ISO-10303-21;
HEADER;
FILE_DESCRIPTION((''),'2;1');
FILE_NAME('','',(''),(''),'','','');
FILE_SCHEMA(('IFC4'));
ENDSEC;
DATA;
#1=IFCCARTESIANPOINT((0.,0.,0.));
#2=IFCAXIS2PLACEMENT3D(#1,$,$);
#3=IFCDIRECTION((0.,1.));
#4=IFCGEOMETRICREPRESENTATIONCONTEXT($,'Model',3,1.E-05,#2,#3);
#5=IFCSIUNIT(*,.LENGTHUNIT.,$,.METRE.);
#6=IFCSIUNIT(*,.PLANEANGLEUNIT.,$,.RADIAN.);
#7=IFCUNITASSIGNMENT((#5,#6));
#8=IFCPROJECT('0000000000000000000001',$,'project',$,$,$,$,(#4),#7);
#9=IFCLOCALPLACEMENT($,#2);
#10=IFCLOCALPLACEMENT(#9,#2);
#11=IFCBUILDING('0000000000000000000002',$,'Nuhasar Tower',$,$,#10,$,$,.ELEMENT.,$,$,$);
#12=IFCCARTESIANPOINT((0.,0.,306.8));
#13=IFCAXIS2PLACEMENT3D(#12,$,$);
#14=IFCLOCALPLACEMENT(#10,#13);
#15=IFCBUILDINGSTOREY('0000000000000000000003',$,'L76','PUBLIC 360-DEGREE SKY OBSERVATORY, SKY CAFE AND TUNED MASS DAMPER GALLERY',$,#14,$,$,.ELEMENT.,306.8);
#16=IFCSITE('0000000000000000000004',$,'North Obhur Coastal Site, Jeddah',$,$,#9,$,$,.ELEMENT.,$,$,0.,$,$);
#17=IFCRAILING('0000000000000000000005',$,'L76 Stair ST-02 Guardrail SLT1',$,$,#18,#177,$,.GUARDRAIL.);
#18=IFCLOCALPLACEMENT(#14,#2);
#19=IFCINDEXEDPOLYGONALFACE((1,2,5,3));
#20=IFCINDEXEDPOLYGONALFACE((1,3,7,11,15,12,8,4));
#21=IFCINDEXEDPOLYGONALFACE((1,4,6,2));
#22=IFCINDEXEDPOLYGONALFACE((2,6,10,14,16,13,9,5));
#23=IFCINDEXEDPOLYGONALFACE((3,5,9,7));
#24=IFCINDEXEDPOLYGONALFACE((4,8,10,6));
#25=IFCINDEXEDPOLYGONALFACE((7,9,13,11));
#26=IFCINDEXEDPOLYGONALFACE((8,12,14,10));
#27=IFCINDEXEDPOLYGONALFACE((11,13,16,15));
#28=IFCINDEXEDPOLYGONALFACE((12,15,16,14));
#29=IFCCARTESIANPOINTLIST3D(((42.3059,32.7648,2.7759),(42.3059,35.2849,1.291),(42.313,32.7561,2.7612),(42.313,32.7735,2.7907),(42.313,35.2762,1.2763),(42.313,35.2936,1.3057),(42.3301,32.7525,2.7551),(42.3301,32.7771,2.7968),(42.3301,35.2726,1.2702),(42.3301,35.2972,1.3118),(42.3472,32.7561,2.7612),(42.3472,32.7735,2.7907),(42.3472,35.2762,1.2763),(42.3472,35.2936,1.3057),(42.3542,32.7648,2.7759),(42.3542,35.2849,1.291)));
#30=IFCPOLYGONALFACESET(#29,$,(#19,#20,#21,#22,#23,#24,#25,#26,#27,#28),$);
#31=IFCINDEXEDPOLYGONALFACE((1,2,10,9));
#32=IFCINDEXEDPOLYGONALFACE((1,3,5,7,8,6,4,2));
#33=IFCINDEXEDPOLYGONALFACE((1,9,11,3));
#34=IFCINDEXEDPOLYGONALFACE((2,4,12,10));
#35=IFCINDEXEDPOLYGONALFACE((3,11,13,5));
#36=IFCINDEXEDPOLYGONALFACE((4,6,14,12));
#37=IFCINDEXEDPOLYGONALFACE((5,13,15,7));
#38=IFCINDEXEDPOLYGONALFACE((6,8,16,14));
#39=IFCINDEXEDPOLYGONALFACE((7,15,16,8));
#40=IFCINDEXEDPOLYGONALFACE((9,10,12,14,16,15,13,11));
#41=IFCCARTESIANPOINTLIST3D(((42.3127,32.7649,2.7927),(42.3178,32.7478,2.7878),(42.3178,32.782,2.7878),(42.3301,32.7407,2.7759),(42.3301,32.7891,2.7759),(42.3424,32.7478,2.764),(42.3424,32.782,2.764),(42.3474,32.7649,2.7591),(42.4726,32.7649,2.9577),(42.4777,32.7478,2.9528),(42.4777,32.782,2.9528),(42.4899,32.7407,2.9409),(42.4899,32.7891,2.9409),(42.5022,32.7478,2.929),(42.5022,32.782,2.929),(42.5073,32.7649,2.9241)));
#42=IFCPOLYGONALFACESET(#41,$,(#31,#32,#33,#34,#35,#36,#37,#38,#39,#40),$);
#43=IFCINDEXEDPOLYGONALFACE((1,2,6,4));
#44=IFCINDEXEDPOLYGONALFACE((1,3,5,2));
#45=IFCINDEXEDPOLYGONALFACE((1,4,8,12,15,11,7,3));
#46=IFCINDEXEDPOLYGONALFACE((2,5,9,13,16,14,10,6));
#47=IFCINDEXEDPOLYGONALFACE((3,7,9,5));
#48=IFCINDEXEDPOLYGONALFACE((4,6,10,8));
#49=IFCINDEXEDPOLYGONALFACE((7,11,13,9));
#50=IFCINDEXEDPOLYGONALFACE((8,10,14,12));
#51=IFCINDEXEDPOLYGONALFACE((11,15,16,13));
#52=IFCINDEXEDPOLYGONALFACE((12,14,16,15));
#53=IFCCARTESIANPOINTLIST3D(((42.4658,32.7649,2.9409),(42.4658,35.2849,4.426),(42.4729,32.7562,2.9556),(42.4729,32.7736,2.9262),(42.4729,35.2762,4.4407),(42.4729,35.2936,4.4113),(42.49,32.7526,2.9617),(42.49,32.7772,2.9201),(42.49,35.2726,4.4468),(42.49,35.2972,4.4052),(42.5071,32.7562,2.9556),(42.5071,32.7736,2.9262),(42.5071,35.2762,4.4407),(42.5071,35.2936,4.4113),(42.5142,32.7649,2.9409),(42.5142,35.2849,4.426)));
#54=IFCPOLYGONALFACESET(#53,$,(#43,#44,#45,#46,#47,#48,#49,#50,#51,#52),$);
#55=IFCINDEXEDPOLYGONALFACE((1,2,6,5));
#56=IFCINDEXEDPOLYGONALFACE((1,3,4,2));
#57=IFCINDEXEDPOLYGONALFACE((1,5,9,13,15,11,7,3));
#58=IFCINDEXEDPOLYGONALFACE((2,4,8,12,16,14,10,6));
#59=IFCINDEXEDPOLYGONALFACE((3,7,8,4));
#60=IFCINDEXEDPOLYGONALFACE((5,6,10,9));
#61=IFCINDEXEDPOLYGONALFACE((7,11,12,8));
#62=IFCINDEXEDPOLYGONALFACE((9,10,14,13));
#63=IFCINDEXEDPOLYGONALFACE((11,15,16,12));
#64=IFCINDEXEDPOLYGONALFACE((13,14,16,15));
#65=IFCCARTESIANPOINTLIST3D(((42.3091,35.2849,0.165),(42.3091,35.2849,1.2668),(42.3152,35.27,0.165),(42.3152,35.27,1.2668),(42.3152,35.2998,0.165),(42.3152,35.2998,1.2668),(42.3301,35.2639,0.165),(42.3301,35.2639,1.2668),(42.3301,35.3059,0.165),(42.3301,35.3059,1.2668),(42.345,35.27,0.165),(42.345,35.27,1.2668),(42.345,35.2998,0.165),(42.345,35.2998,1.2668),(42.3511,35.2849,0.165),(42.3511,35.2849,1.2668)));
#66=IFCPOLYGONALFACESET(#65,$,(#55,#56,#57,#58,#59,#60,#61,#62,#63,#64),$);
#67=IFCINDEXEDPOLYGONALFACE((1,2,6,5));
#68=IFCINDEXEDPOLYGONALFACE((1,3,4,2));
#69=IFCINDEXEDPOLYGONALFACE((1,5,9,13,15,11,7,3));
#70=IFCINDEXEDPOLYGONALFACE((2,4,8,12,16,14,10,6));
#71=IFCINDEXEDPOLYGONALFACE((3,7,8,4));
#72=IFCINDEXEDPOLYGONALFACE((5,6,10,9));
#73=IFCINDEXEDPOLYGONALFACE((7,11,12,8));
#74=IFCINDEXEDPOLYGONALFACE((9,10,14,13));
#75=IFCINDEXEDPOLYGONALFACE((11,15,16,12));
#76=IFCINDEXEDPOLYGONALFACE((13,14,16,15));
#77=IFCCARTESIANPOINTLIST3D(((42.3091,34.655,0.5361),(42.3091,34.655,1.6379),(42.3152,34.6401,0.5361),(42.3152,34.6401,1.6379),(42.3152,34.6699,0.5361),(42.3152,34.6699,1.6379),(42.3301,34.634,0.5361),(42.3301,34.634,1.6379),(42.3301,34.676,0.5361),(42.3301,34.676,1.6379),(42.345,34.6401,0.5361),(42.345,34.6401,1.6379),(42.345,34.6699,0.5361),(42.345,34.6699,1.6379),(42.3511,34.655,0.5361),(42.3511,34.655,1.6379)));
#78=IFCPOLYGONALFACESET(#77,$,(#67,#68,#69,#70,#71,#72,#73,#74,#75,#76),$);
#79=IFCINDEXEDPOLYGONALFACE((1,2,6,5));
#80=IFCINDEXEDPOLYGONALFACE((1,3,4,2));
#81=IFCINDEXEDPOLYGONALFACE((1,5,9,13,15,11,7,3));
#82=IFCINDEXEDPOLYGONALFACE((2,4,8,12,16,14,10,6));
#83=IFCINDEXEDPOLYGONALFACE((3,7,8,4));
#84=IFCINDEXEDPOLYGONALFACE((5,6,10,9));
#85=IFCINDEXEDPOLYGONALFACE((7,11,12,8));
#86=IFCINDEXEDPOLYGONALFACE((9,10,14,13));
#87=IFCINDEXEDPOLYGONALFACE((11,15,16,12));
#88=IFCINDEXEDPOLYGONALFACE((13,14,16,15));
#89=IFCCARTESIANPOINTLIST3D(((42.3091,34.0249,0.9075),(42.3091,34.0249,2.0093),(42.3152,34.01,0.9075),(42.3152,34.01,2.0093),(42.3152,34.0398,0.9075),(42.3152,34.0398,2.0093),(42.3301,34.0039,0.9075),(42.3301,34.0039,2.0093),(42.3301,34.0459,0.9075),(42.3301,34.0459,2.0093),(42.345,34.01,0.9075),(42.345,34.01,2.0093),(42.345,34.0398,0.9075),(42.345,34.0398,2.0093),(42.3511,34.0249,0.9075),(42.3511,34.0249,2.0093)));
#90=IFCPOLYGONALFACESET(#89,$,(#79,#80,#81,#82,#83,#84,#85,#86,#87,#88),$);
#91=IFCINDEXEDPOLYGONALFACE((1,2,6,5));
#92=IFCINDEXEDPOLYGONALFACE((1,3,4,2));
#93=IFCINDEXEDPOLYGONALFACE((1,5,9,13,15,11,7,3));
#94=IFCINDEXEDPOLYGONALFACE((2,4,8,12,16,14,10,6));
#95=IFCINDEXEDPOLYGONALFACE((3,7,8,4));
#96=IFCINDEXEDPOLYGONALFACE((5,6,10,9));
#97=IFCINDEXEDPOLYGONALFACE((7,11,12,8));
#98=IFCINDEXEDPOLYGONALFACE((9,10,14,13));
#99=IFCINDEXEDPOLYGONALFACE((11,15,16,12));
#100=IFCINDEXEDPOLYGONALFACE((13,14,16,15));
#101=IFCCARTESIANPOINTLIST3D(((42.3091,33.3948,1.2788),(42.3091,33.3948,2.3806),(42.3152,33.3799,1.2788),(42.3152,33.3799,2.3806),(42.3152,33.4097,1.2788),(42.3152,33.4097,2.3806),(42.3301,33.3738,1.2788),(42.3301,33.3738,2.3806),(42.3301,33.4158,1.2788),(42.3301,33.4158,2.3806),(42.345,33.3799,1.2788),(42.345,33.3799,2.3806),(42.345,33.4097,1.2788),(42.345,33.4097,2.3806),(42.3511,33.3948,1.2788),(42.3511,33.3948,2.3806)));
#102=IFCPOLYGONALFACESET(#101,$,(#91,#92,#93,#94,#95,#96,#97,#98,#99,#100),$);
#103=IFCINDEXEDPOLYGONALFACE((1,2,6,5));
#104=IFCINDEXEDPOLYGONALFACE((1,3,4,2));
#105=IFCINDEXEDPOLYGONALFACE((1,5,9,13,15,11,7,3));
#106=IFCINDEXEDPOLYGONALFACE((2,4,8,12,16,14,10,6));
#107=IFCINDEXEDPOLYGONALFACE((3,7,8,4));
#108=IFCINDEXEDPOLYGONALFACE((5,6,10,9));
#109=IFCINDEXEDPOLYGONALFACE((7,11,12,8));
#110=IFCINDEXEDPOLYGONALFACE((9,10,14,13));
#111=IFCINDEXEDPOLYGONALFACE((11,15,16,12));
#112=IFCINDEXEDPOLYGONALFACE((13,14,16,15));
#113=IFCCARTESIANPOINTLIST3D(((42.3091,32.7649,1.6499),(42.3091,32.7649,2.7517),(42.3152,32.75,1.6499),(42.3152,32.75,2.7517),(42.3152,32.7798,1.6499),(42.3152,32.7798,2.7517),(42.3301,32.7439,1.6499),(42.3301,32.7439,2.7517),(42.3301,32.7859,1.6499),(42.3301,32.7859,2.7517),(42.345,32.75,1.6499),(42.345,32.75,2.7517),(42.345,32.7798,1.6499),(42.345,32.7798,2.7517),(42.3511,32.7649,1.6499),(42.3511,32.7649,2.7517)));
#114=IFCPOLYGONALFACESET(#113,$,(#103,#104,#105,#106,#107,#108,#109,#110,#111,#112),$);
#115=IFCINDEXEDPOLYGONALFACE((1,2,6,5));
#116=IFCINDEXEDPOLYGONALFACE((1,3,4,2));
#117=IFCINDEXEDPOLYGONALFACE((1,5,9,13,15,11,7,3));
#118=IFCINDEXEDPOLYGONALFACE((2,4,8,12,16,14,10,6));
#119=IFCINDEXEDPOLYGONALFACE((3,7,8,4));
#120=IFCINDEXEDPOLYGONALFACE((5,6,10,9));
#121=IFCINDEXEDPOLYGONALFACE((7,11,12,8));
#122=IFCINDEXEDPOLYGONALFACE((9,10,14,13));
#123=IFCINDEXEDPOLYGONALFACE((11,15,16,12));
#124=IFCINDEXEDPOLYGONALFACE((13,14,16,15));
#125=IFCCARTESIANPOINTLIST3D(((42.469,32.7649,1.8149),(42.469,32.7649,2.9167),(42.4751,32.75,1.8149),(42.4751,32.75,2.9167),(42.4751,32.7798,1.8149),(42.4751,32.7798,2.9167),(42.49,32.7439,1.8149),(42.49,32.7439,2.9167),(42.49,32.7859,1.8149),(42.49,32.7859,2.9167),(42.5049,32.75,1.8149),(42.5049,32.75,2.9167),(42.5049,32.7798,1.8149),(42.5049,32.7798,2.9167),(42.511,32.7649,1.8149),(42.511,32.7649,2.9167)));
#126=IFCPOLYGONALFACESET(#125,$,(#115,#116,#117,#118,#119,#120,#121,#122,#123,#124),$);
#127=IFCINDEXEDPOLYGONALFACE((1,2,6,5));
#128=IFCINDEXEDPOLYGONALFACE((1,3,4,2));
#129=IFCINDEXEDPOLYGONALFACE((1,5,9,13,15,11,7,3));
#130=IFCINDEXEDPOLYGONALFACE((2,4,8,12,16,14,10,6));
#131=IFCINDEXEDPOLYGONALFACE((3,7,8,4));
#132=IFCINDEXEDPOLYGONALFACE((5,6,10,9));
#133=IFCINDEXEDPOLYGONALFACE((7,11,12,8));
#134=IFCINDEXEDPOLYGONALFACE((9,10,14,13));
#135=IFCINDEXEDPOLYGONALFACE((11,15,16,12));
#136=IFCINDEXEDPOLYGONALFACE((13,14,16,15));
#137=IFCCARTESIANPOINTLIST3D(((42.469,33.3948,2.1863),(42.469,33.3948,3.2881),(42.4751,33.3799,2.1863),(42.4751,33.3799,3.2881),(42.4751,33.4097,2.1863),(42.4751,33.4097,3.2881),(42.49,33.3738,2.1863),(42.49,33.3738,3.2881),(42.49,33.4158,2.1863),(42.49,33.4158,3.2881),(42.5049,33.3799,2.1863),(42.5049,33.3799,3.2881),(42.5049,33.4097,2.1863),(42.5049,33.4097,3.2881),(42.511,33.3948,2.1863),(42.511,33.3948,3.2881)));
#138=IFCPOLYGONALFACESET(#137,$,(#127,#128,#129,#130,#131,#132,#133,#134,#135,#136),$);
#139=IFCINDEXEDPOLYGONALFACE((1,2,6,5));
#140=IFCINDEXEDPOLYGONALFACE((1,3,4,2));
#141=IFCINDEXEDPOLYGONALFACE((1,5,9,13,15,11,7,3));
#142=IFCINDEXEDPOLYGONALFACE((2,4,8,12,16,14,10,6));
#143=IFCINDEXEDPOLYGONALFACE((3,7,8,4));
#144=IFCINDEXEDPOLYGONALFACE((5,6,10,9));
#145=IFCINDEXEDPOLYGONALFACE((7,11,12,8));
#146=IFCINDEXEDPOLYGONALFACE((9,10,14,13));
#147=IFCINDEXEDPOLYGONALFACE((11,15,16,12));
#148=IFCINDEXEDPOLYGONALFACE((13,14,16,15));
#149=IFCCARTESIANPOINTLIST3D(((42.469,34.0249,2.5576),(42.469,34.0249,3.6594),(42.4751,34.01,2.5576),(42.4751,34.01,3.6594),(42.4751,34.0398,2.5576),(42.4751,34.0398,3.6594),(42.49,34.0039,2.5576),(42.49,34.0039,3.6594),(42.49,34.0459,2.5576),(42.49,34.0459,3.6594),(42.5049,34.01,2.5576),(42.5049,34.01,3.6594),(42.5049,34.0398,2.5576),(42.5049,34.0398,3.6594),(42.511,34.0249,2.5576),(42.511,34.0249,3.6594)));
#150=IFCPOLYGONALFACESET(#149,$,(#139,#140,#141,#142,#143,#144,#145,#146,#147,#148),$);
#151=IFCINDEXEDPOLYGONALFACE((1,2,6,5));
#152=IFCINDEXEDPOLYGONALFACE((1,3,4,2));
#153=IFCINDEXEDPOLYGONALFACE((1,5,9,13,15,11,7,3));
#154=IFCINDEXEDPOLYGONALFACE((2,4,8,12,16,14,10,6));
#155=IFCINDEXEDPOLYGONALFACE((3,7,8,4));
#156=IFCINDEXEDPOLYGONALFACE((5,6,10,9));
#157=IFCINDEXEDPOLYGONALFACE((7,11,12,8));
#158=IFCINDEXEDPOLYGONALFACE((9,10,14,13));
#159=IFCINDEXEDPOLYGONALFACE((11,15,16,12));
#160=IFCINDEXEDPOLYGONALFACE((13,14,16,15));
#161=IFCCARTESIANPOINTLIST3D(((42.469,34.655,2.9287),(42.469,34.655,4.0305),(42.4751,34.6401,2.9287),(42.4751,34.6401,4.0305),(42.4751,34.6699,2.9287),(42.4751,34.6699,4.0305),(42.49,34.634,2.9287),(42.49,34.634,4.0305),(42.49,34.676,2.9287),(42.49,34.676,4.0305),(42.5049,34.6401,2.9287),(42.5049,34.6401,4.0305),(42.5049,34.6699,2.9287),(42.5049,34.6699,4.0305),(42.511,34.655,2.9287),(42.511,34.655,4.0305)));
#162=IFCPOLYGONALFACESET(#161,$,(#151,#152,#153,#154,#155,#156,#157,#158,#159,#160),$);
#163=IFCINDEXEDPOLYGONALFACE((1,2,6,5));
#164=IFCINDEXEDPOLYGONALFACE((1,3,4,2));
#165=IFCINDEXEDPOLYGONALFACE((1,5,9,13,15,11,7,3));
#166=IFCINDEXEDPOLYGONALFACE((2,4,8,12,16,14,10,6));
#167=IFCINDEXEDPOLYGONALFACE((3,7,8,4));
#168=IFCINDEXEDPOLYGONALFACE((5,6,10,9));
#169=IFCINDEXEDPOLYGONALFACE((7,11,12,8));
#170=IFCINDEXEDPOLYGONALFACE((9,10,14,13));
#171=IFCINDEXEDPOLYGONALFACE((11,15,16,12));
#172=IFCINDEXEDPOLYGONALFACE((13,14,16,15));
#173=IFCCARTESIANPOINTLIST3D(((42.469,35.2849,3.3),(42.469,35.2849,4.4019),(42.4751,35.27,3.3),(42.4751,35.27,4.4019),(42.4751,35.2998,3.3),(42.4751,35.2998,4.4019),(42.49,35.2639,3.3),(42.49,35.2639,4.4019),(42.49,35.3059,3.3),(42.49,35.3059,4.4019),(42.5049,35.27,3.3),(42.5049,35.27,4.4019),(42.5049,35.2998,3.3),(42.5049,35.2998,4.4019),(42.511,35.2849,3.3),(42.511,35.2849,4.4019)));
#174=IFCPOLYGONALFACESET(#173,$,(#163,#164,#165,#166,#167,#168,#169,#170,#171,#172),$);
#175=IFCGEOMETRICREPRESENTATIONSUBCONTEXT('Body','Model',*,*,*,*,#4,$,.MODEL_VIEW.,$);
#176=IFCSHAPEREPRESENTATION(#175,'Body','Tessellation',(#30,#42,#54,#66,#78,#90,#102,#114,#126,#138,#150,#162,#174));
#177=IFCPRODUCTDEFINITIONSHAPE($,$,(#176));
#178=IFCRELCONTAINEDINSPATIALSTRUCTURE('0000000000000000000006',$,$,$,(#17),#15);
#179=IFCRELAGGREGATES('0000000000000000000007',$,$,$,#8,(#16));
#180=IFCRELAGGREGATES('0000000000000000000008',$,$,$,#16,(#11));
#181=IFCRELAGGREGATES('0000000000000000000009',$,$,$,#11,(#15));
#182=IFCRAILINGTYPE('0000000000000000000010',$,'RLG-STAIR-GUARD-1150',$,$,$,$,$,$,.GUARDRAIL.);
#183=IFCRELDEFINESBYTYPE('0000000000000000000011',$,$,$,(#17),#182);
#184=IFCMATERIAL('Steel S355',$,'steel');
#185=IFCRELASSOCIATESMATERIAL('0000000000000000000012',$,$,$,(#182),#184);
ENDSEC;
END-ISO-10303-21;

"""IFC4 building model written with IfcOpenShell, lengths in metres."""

from ifc_helpers import new_model, si_unit, direction, frame, origin, place, context, subcontext, project, spatial, polyline, outline, extrude, material, type_object, element, save


model = new_model("IFC4")

# Units and contexts
model_context = context("Model", 3, precision=1e-05, world=origin(), true_north=direction((0.0, 1.0)))
body_context = subcontext(model_context, "Body", "Model", "MODEL_VIEW")
ifc_project = project(units=[si_unit("LENGTHUNIT", "METRE"), si_unit("PLANEANGLEUNIT", "RADIAN")], contexts=[model_context])

# Site, building, storey
site_placement = place(None, origin())
site = spatial("IfcSite", under=ifc_project, at=site_placement, Name="North Obhur Coastal Site, Jeddah", CompositionType="ELEMENT", RefElevation=0.0)
building_placement = place(site_placement, origin())
building = spatial("IfcBuilding", under=site, at=building_placement, Name="Nuhasar Tower", CompositionType="ELEMENT")
storey_placement = place(building_placement, frame((0.0, 0.0, 306.8)))
storey = spatial("IfcBuildingStorey", under=building, at=storey_placement, Name="L76", Description="PUBLIC 360-DEGREE SKY OBSERVATORY, SKY CAFE AND TUNED MASS DAMPER GALLERY", CompositionType="ELEMENT", Elevation=306.8)

# Shared definitions
ifc_material_1 = material(Name="Steel S355", Category="steel")

# Railing
railing_type_1 = type_object("IfcRailingType", Name="RLG-STAIR-GUARD-1150", PredefinedType="GUARDRAIL", material=ifc_material_1)
railing_1_placement = place(storey_placement, frame((42.3301, 35.2849, 0.165)))
element("IfcRailing", 1, at=railing_1_placement, inside=storey, type_object=railing_type_1, Name="L76 Stair ST-02 Guardrail SLT1", PredefinedType="GUARDRAIL", context=body_context, shape_type="SweptSolid", body=[
    extrude(outline(polyline([(0.0242, 0.0), (0.0171, 0.0171), (0.0, 0.0242), (-0.0171, 0.0171), (-0.0242, 0.0), (-0.0171, -0.0171), (0.0, -0.0242), (0.0171, -0.0171), (0.0242, 0.0)])), frame((0.0, 0.0, 1.126), z_axis=(0.0, -0.861561, 0.507655), x_axis=(1.0, 0.0, 0.0)), (0.0, 0.0, 1.0), 2.925),
    extrude(outline(polyline([(0.0242, 0.0), (0.0171, 0.0171), (0.0, 0.0242), (-0.0171, 0.0171), (-0.0242, 0.0), (-0.0171, -0.0171), (0.0, -0.0242), (0.0171, -0.0171), (0.0242, 0.0)])), frame((0.0, -2.52, 2.6108), z_axis=(0.695864, 0.0, 0.718174), x_axis=(0.0, 1.0, 0.0)), (0.0, 0.0, 1.0), 0.2297),
    extrude(outline(polyline([(0.0242, 0.0), (0.0171, 0.0171), (0.0, 0.0242), (-0.0171, 0.0171), (-0.0242, 0.0), (-0.0171, -0.0171), (0.0, -0.0242), (0.0171, -0.0171), (0.0242, 0.0)])), frame((0.1599, -2.52, 2.7759), z_axis=(0.0, 0.861524, 0.507717), x_axis=(-1.0, 0.0, 0.0)), (0.0, 0.0, 1.0), 2.925),
    extrude(outline(polyline([(0.021, 0.0), (0.0149, 0.0149), (0.0, 0.021), (-0.0149, 0.0149), (-0.021, 0.0), (-0.0149, -0.0149), (0.0, -0.021), (0.0149, -0.0149), (0.021, 0.0)])), origin(), (0.0, 0.0, 1.0), 1.1018),
    extrude(outline(polyline([(0.021, 0.0), (0.0149, 0.0149), (0.0, 0.021), (-0.0149, 0.0149), (-0.021, 0.0), (-0.0149, -0.0149), (0.0, -0.021), (0.0149, -0.0149), (0.021, 0.0)])), frame((0.0, -0.6299, 0.3711)), (0.0, 0.0, 1.0), 1.1018),
    extrude(outline(polyline([(0.021, 0.0), (0.0149, 0.0149), (0.0, 0.021), (-0.0149, 0.0149), (-0.021, 0.0), (-0.0149, -0.0149), (0.0, -0.021), (0.0149, -0.0149), (0.021, 0.0)])), frame((0.0, -1.26, 0.7424)), (0.0, 0.0, 1.0), 1.1018),
    extrude(outline(polyline([(0.021, 0.0), (0.0149, 0.0149), (0.0, 0.021), (-0.0149, 0.0149), (-0.021, 0.0), (-0.0149, -0.0149), (0.0, -0.021), (0.0149, -0.0149), (0.021, 0.0)])), frame((0.0, -1.8901, 1.1138)), (0.0, 0.0, 1.0), 1.1018),
    extrude(outline(polyline([(0.021, 0.0), (0.0149, 0.0149), (0.0, 0.021), (-0.0149, 0.0149), (-0.021, 0.0), (-0.0149, -0.0149), (0.0, -0.021), (0.0149, -0.0149), (0.021, 0.0)])), frame((0.0, -2.52, 1.4849)), (0.0, 0.0, 1.0), 1.1018),
    extrude(outline(polyline([(0.021, 0.0), (0.0149, 0.0149), (0.0, 0.021), (-0.0149, 0.0149), (-0.021, 0.0), (-0.0149, -0.0149), (0.0, -0.021), (0.0149, -0.0149), (0.021, 0.0)])), frame((0.1599, -2.52, 1.6499)), (0.0, 0.0, 1.0), 1.1018),
    extrude(outline(polyline([(0.021, 0.0), (0.0149, 0.0149), (0.0, 0.021), (-0.0149, 0.0149), (-0.021, 0.0), (-0.0149, -0.0149), (0.0, -0.021), (0.0149, -0.0149), (0.021, 0.0)])), frame((0.1599, -1.8901, 2.0212)), (0.0, 0.0, 1.0), 1.1018),
    extrude(outline(polyline([(0.021, 0.0), (0.0149, 0.0149), (0.0, 0.021), (-0.0149, 0.0149), (-0.021, 0.0), (-0.0149, -0.0149), (0.0, -0.021), (0.0149, -0.0149), (0.021, 0.0)])), frame((0.1599, -1.26, 2.3926)), (0.0, 0.0, 1.0), 1.1018),
    extrude(outline(polyline([(0.021, 0.0), (0.0149, 0.0149), (0.0, 0.021), (-0.0149, 0.0149), (-0.021, 0.0), (-0.0149, -0.0149), (0.0, -0.021), (0.0149, -0.0149), (0.021, 0.0)])), frame((0.1599, -0.6299, 2.7637)), (0.0, 0.0, 1.0), 1.1018),
    extrude(outline(polyline([(0.021, 0.0), (0.0149, 0.0149), (0.0, 0.021), (-0.0149, 0.0149), (-0.021, 0.0), (-0.0149, -0.0149), (0.0, -0.021), (0.0149, -0.0149), (0.021, 0.0)])), frame((0.1599, 0.0, 3.135)), (0.0, 0.0, 1.0), 1.1018),
])

save(model, "model.ifc")
